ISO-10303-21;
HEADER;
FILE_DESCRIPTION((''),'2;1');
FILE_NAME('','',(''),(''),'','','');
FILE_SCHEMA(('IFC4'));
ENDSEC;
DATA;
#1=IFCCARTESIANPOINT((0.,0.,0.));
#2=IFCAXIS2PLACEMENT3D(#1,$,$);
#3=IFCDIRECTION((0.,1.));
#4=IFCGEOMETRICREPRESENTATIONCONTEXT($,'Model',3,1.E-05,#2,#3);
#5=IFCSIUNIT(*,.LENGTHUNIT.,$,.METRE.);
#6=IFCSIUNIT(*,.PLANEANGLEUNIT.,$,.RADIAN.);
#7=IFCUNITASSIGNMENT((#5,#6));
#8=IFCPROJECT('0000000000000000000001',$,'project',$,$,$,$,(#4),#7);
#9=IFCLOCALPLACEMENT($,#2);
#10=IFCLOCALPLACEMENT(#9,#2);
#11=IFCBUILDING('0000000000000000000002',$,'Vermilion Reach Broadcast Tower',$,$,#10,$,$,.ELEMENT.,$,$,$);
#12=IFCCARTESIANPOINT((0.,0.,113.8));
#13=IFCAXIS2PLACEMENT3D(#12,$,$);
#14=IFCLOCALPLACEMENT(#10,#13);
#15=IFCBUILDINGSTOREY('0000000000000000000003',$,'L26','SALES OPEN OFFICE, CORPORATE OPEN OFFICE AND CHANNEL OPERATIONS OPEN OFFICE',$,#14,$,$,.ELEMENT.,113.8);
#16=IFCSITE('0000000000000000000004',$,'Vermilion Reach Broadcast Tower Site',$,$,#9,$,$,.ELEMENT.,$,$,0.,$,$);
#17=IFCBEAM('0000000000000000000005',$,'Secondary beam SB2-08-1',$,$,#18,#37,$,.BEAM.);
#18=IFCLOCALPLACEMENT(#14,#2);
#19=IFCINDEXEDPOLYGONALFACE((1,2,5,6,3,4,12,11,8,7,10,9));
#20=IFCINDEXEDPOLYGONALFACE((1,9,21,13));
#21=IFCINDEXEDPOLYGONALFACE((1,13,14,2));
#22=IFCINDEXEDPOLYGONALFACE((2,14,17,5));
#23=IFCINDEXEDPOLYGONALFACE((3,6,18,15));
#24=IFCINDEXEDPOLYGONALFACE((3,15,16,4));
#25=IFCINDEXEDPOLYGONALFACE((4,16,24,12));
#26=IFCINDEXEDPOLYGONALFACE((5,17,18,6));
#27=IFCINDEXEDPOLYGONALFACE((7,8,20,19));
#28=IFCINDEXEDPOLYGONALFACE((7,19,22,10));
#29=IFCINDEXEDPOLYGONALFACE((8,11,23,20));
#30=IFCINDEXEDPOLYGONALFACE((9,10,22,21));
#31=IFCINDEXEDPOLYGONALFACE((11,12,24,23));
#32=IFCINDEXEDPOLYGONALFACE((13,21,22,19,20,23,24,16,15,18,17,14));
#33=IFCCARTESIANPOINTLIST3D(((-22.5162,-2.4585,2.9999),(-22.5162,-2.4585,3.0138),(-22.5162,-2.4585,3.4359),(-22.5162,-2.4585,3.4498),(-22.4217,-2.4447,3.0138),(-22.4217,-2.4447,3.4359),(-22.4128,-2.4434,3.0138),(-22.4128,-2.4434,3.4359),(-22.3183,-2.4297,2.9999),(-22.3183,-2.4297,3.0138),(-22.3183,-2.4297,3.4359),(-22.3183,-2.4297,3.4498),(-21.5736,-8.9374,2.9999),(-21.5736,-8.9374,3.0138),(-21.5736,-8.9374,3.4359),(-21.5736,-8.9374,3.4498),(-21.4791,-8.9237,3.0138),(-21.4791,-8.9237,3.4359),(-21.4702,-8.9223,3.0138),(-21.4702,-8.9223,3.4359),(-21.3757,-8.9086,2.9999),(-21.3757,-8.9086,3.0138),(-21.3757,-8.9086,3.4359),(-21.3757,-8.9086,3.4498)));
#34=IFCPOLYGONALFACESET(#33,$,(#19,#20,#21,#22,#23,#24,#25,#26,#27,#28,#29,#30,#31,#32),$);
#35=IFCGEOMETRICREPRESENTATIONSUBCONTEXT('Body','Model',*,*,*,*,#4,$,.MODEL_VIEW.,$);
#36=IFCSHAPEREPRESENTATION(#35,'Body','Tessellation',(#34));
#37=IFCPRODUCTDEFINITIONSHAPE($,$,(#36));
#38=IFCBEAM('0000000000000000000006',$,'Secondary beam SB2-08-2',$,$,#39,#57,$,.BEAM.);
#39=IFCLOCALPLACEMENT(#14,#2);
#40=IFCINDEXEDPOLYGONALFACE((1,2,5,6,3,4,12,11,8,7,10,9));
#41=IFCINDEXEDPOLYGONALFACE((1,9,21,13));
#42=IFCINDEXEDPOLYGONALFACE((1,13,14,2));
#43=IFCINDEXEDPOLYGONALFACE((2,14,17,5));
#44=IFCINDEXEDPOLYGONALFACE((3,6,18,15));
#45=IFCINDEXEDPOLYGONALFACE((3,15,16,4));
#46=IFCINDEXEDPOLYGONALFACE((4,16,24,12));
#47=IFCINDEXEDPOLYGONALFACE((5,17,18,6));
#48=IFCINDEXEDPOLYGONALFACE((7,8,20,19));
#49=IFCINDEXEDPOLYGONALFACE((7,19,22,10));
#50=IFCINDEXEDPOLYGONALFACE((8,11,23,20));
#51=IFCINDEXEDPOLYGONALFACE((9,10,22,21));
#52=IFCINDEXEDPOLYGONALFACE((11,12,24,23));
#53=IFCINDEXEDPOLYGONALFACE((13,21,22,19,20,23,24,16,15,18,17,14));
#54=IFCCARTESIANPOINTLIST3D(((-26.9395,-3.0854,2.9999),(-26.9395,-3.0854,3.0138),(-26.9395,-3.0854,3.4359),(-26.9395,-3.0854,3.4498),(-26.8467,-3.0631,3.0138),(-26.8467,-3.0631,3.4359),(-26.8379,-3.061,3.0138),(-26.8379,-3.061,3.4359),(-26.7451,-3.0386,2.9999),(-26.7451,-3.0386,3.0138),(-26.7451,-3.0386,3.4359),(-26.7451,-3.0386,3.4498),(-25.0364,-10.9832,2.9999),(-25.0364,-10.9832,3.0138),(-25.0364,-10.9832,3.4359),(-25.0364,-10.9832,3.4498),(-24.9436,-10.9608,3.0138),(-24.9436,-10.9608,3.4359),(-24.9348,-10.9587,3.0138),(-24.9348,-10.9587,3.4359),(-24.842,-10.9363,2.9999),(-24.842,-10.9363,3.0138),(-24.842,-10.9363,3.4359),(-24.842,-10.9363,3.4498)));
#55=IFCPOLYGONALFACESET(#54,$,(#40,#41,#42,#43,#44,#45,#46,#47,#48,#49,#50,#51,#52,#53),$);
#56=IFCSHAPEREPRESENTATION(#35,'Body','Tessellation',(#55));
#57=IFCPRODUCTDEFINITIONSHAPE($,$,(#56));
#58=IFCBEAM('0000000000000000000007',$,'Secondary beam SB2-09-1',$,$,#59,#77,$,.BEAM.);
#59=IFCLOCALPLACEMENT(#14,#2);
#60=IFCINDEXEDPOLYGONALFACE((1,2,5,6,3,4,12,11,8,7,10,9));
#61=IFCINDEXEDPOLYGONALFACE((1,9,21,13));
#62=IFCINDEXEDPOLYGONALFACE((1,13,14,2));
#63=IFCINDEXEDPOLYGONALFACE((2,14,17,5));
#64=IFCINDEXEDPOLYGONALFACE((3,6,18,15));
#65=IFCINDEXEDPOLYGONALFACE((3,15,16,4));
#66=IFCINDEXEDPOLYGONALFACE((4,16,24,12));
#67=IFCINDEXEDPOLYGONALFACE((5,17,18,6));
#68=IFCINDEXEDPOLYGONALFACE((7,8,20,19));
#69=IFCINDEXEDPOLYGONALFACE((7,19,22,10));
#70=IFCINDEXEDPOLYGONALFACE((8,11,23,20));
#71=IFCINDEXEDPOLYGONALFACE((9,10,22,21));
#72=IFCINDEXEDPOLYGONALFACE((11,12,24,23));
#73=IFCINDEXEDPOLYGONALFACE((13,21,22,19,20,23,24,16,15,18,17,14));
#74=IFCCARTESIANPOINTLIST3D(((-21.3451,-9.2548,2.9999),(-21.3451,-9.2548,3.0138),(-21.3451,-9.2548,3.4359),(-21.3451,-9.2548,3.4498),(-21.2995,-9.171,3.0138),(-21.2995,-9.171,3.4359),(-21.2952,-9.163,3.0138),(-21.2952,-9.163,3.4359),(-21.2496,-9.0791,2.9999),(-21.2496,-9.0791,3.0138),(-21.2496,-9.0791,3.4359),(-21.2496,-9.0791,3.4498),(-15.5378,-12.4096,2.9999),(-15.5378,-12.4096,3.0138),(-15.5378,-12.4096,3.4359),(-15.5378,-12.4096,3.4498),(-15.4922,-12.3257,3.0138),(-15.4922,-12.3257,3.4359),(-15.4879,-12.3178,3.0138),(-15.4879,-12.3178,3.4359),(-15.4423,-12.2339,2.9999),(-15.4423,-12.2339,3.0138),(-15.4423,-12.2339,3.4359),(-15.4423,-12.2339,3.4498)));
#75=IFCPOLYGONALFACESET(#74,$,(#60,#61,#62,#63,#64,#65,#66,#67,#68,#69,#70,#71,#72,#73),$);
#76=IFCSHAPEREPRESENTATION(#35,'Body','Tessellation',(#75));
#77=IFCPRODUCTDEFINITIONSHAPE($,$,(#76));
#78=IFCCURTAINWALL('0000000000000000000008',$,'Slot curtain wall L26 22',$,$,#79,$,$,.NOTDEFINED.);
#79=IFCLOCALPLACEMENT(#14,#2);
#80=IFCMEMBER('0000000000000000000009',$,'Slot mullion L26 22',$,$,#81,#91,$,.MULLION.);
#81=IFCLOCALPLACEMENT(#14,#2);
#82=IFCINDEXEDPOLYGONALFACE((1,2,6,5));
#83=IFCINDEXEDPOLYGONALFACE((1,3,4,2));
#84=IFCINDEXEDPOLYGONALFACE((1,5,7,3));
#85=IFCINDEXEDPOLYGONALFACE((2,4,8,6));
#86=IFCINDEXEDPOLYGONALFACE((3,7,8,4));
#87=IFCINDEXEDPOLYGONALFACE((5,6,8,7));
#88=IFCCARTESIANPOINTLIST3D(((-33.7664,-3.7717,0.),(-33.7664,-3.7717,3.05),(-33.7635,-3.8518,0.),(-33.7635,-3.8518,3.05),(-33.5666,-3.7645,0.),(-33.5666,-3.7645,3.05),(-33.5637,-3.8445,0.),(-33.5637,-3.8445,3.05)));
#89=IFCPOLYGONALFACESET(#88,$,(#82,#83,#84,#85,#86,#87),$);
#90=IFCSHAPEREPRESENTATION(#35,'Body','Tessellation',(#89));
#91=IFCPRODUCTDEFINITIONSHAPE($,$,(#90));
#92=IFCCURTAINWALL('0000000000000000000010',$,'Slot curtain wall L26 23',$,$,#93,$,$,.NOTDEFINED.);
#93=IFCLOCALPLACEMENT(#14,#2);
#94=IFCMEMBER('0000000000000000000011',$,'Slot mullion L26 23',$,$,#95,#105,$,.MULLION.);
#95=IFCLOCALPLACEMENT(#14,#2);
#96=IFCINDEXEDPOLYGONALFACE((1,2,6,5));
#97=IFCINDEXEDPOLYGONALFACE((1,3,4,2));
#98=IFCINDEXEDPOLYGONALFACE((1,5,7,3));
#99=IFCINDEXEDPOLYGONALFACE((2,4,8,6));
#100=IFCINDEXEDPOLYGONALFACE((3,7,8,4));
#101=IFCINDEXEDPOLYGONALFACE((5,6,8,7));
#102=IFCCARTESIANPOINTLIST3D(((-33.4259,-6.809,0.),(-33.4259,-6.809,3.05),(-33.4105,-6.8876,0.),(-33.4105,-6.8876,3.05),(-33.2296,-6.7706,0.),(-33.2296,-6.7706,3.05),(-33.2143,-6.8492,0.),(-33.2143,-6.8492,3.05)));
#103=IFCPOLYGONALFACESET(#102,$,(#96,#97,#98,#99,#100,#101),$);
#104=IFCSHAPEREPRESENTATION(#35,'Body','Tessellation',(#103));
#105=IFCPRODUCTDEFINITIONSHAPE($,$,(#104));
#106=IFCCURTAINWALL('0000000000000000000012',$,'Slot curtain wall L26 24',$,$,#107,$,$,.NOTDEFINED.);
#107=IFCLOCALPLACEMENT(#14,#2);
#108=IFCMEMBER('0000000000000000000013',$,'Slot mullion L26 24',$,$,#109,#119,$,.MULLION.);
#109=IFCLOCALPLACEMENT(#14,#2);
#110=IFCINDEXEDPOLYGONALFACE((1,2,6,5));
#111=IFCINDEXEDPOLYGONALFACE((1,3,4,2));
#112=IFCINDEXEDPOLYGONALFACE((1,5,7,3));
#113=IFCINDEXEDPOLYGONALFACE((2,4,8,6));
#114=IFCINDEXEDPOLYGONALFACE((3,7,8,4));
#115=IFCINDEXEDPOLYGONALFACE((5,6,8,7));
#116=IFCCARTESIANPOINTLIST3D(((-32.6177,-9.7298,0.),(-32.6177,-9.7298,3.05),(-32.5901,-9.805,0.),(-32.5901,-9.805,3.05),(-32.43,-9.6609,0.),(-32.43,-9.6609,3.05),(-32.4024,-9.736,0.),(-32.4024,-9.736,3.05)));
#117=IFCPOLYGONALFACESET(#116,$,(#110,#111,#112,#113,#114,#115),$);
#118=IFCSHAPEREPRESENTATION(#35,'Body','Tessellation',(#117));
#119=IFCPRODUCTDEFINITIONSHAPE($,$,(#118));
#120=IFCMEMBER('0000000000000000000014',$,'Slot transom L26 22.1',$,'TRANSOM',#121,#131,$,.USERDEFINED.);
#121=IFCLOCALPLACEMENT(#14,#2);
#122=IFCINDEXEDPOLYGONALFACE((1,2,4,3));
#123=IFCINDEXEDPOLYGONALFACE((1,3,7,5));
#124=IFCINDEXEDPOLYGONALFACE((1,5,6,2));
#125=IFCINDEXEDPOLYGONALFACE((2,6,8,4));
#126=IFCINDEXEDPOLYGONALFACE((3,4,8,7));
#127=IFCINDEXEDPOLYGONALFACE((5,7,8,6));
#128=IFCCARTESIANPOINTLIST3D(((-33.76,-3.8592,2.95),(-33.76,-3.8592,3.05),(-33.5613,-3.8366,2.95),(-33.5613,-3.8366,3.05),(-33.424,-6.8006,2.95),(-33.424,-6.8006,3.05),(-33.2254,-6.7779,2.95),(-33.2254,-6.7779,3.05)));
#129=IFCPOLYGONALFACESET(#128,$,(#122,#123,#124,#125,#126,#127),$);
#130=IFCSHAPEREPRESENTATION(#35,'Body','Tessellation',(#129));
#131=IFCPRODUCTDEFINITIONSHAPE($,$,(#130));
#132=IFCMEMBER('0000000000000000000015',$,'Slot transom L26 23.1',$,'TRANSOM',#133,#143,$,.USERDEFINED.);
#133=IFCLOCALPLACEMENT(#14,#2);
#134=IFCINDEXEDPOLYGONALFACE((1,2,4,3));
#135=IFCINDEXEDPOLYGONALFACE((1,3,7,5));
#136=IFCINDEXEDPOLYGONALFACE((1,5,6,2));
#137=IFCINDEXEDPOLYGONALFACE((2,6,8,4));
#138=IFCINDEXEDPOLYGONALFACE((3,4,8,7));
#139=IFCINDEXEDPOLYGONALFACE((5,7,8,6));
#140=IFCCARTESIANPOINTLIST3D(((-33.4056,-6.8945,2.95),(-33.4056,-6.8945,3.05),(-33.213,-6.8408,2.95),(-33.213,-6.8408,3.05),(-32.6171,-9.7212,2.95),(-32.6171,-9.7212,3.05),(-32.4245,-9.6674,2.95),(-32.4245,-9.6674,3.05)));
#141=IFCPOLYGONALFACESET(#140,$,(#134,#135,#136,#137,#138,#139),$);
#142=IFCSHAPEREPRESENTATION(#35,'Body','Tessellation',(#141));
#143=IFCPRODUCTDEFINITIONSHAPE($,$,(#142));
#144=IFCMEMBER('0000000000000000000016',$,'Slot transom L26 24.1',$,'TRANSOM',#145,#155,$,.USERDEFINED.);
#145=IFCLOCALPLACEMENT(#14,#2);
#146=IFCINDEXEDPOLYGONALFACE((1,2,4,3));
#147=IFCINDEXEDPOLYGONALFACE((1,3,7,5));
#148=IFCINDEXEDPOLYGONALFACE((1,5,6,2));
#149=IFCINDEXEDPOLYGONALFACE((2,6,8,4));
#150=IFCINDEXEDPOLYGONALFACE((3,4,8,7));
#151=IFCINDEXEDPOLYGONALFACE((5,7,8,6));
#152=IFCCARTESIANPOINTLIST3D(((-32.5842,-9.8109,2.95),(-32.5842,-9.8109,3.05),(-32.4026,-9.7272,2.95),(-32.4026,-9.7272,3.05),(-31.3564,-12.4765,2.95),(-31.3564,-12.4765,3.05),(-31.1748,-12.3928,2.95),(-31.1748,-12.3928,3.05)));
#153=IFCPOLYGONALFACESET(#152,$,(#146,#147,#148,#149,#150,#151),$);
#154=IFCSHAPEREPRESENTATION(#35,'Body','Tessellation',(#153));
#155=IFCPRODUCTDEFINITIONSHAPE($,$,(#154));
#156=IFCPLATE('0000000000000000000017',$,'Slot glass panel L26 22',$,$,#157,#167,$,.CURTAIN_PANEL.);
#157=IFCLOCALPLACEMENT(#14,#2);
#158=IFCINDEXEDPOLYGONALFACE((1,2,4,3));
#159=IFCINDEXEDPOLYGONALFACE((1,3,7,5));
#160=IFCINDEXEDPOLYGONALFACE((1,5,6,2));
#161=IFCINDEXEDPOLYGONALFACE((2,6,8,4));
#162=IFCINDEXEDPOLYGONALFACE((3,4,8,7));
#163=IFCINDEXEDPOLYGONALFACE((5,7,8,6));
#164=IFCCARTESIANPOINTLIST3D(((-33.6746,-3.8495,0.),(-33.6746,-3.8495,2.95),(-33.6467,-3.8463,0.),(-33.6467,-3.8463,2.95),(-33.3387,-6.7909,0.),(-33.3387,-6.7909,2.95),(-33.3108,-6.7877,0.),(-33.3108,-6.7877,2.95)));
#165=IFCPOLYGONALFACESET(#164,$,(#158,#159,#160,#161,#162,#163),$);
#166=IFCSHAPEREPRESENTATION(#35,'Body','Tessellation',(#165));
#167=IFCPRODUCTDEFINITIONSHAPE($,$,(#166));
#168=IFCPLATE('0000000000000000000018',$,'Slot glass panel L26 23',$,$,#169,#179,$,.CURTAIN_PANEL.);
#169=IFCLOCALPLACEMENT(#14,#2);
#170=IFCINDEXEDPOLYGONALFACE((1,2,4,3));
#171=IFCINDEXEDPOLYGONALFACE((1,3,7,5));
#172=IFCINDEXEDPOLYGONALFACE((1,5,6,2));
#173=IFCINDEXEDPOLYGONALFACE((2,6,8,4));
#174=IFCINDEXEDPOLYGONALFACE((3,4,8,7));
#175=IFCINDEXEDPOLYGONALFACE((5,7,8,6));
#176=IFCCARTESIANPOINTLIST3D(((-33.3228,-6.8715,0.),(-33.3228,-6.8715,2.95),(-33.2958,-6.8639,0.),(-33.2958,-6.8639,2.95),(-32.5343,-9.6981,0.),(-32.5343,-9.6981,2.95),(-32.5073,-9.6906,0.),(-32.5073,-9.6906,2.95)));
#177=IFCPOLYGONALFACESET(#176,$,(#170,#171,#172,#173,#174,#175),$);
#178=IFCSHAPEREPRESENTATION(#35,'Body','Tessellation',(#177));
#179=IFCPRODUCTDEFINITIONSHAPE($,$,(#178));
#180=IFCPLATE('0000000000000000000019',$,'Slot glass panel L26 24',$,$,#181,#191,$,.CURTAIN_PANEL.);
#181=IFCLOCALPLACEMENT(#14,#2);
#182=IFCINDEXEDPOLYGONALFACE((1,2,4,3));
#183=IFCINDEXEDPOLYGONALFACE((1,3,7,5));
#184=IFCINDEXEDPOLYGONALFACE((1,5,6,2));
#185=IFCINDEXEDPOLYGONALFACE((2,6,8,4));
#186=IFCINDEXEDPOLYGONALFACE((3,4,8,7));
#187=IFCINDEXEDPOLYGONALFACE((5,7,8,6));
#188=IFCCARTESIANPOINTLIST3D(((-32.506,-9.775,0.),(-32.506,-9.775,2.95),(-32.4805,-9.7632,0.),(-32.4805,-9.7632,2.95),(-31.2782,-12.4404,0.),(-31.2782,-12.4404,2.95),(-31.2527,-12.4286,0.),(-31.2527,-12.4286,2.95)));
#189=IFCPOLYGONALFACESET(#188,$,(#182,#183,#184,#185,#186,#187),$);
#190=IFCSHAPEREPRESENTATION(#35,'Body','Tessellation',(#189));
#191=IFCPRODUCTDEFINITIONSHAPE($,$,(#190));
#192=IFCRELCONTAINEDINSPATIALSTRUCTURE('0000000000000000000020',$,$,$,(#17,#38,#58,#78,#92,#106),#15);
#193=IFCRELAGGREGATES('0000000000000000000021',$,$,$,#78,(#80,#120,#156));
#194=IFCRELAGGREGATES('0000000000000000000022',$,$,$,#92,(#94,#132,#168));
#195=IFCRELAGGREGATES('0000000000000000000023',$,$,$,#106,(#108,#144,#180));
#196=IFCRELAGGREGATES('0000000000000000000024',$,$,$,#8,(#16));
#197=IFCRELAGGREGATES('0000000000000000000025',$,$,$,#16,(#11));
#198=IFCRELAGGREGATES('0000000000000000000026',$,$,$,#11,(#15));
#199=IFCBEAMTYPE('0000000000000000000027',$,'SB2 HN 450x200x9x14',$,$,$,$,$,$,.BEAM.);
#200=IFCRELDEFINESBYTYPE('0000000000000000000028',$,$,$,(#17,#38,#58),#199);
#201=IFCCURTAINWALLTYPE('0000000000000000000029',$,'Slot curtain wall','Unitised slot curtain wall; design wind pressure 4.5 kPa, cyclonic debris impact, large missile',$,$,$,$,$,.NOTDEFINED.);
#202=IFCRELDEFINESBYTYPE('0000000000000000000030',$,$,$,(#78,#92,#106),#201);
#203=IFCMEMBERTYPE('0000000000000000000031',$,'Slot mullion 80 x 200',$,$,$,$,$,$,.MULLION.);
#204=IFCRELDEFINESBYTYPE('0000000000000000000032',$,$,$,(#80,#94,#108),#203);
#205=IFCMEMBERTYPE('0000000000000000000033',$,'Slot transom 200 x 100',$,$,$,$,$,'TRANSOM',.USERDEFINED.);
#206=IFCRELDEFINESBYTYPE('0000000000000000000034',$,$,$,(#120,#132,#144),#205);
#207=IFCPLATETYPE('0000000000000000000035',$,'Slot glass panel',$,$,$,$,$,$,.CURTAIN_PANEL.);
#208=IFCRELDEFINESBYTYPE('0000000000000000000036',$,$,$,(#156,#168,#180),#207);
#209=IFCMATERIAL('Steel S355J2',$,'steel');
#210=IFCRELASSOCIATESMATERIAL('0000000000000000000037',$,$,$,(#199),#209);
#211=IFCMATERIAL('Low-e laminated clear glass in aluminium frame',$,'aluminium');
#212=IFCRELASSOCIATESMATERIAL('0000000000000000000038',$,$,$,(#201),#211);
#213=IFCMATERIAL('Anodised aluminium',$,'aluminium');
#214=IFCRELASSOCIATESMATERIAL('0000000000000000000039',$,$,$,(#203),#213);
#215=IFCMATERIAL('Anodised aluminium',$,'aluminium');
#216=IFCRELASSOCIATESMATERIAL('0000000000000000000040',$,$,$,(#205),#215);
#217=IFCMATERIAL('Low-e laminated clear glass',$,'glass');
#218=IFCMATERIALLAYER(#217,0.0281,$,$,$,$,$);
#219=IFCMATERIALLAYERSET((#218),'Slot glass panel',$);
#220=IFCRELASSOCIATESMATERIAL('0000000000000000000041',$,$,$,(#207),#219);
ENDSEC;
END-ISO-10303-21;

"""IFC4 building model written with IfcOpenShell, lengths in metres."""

from ifc_helpers import new_model, si_unit, direction, frame, origin, origin_2d, place, context, subcontext, project, spatial, rectangle, i_section, extrude, material, layer, layer_set, material_profile, profile_set, type_object, element, aggregate, save


model = new_model("IFC4")

# Units and contexts
model_context = context("Model", 3, precision=1e-05, world=origin(), true_north=direction((0.0, 1.0)))
body_context = subcontext(model_context, "Body", "Model", "MODEL_VIEW")
ifc_project = project(units=[si_unit("LENGTHUNIT", "METRE"), si_unit("PLANEANGLEUNIT", "RADIAN")], contexts=[model_context])

# Site, building, storey
site_placement = place(None, origin())
site = spatial("IfcSite", under=ifc_project, at=site_placement, Name="Vermilion Reach Broadcast Tower Site", CompositionType="ELEMENT", RefElevation=0.0)
building_placement = place(site_placement, origin())
building = spatial("IfcBuilding", under=site, at=building_placement, Name="Vermilion Reach Broadcast Tower", CompositionType="ELEMENT")
storey_placement = place(building_placement, frame((0.0, 0.0, 113.8)))
storey = spatial("IfcBuildingStorey", under=building, at=storey_placement, Name="L26", Description="SALES OPEN OFFICE, CORPORATE OPEN OFFICE AND CHANNEL OPERATIONS OPEN OFFICE", CompositionType="ELEMENT", Elevation=113.8)

# Beams
ifc_material_1 = material(Name="Steel S355J2", Category="steel")
ifc_material_profile_1 = material_profile(ifc_material_1, i_section(OverallWidth=0.2, OverallDepth=0.45, WebThickness=0.009, FlangeThickness=0.0139, at=origin_2d()), Name="S355J2 HN 450x200x9x14")
ifc_profile_set_1 = profile_set([ifc_material_profile_1], Name="Steel S355J2")
beam_type_1 = type_object("IfcBeamType", Name="SB2 HN 450x200x9x14", PredefinedType="BEAM", material=ifc_profile_set_1)
beam_1_placement = place(storey_placement, frame((-22.4172, -2.4441, 3.2249), z_axis=(0.143974, -0.989582, 0.0), x_axis=(0.989582, 0.143974, 0.0)))
element("IfcBeam", 1, at=beam_1_placement, inside=storey, type_object=beam_type_1, Name="Secondary beam SB2-08-1", PredefinedType="BEAM", context=body_context, shape_type="SweptSolid", body=[
    extrude(i_section(OverallWidth=0.2, OverallDepth=0.45, WebThickness=0.009, FlangeThickness=0.0139, at=origin_2d()), origin(), (0.0, 0.0, 1.0), 6.5471),
])
beam_2_placement = place(storey_placement, frame((-26.8423, -3.062, 3.2249), z_axis=(0.234261, -0.972174, 0.0), x_axis=(0.972174, 0.234261, 0.0)))
element("IfcBeam", 2, at=beam_2_placement, inside=storey, type_object=beam_type_1, Name="Secondary beam SB2-08-2", PredefinedType="BEAM", context=body_context, shape_type="SweptSolid", body=[
    extrude(i_section(OverallWidth=0.2, OverallDepth=0.45, WebThickness=0.009, FlangeThickness=0.0139, at=origin_2d()), origin(), (0.0, 0.0, 1.0), 8.1238),
])
beam_3_placement = place(storey_placement, frame((-21.2974, -9.167, 3.2249), z_axis=(0.878713, -0.47735, 0.0), x_axis=(0.47735, 0.878713, 0.0)))
element("IfcBeam", 3, at=beam_3_placement, inside=storey, type_object=beam_type_1, Name="Secondary beam SB2-09-1", PredefinedType="BEAM", context=body_context, shape_type="SweptSolid", body=[
    extrude(i_section(OverallWidth=0.2, OverallDepth=0.45, WebThickness=0.009, FlangeThickness=0.0139, at=origin_2d()), origin(), (0.0, 0.0, 1.0), 6.6089),
])

# Curtain walls, members
ifc_material_2 = material(Name="Low-e laminated clear glass in aluminium frame", Category="aluminium")
curtain_wall_type = type_object("IfcCurtainWallType", Name="Slot curtain wall", Description="Unitised slot curtain wall; design wind pressure 4.5 kPa, cyclonic debris impact, large missile", PredefinedType="NOTDEFINED", material=ifc_material_2)
placement = place(storey_placement, origin())
curtain_wall_1 = element("IfcCurtainWall", 4, at=placement, inside=storey, type_object=curtain_wall_type, Name="Slot curtain wall L26 22", PredefinedType="NOTDEFINED")
ifc_material_3 = material(Name="Anodised aluminium", Category="aluminium")
ifc_material_profile_2 = material_profile(ifc_material_3, rectangle(XDim=0.2, YDim=0.0801, at=origin_2d()), Name="Slot mullion 80 x 200")
ifc_profile_set_2 = profile_set([ifc_material_profile_2], Name="Anodised aluminium")
member_type_1 = type_object("IfcMemberType", Name="Slot mullion 80 x 200", PredefinedType="MULLION", material=ifc_profile_set_2)
member_1_placement = place(storey_placement, frame((-33.665, -3.8081, 0.0), z_axis=(0.0, 0.0, 1.0), x_axis=(0.999337, 0.036409, 0.0)))
member_1 = element("IfcMember", 5, at=member_1_placement, type_object=member_type_1, Name="Slot mullion L26 22", PredefinedType="MULLION", context=body_context, shape_type="SweptSolid", body=[
    extrude(rectangle(XDim=0.2, YDim=0.0801, at=origin_2d()), origin(), (0.0, 0.0, 1.0), 3.05),
])
curtain_wall_2 = element("IfcCurtainWall", 6, at=placement, inside=storey, type_object=curtain_wall_type, Name="Slot curtain wall L26 23", PredefinedType="NOTDEFINED")
member_2_placement = place(storey_placement, frame((-33.3201, -6.8291, 0.0), z_axis=(0.0, 0.0, 1.0), x_axis=(0.981457, 0.191685, 0.0)))
member_2 = element("IfcMember", 7, at=member_2_placement, type_object=member_type_1, Name="Slot mullion L26 23", PredefinedType="MULLION", context=body_context, shape_type="SweptSolid", body=[
    extrude(rectangle(XDim=0.2, YDim=0.0801, at=origin_2d()), origin(), (0.0, 0.0, 1.0), 3.05),
])
curtain_wall_3 = element("IfcCurtainWall", 8, at=placement, inside=storey, type_object=curtain_wall_type, Name="Slot curtain wall L26 24", PredefinedType="NOTDEFINED")
member_3_placement = place(storey_placement, frame((-32.51, -9.7329, 0.0), z_axis=(0.0, 0.0, 1.0), x_axis=(0.938734, 0.344643, 0.0)))
member_3 = element("IfcMember", 9, at=member_3_placement, type_object=member_type_1, Name="Slot mullion L26 24", PredefinedType="MULLION", context=body_context, shape_type="SweptSolid", body=[
    extrude(rectangle(XDim=0.2, YDim=0.0801, at=origin_2d()), origin(), (0.0, 0.0, 1.0), 3.05),
])

# Members
ifc_material_4 = material(Name="Anodised aluminium", Category="aluminium")
ifc_material_profile_3 = material_profile(ifc_material_4, rectangle(XDim=0.2, YDim=0.1001, at=origin_2d()), Name="Slot transom 200 x 100")
ifc_profile_set_3 = profile_set([ifc_material_profile_3], Name="Anodised aluminium")
member_type_2 = type_object("IfcMemberType", Name="Slot transom 200 x 100", ElementType="TRANSOM", PredefinedType="USERDEFINED", material=ifc_profile_set_3)
member_4_placement = place(storey_placement, frame((-33.6606, -3.8479, 3.0), z_axis=(0.113472, -0.993541, 0.0), x_axis=(0.993541, 0.113472, 0.0)))
member_4 = element("IfcMember", 10, at=member_4_placement, type_object=member_type_2, Name="Slot transom L26 22.1", ObjectType="TRANSOM", PredefinedType="USERDEFINED", context=body_context, shape_type="SweptSolid", body=[
    extrude(rectangle(XDim=0.2, YDim=0.1001, at=origin_2d()), origin(), (0.0, 0.0, 1.0), 2.9604),
])
member_5_placement = place(storey_placement, frame((-33.3093, -6.8677, 3.0), z_axis=(0.268716, -0.963219, 0.0), x_axis=(0.963219, 0.268716, 0.0)))
member_5 = element("IfcMember", 11, at=member_5_placement, type_object=member_type_2, Name="Slot transom L26 23.1", ObjectType="TRANSOM", PredefinedType="USERDEFINED", context=body_context, shape_type="SweptSolid", body=[
    extrude(rectangle(XDim=0.2, YDim=0.1001, at=origin_2d()), origin(), (0.0, 0.0, 1.0), 2.9346),
])
member_6_placement = place(storey_placement, frame((-32.4934, -9.769, 3.0), z_axis=(0.418367, -0.908278, 0.0), x_axis=(0.908278, 0.418367, 0.0)))
member_6 = element("IfcMember", 12, at=member_6_placement, type_object=member_type_2, Name="Slot transom L26 24.1", ObjectType="TRANSOM", PredefinedType="USERDEFINED", context=body_context, shape_type="SweptSolid", body=[
    extrude(rectangle(XDim=0.2, YDim=0.1001, at=origin_2d()), origin(), (0.0, 0.0, 1.0), 2.9348),
])

# Plates
ifc_material_5 = material(Name="Low-e laminated clear glass", Category="glass")
ifc_layer_1 = layer(ifc_material_5, 0.0281)
ifc_layer_set_1 = layer_set([ifc_layer_1], Name="Slot glass panel")
plate_type = type_object("IfcPlateType", Name="Slot glass panel", PredefinedType="CURTAIN_PANEL", material=ifc_layer_set_1)
plate_1_placement = place(storey_placement, frame((-33.4927, -5.3186, 0.0), z_axis=(0.0, 0.0, 1.0), x_axis=(0.113472, -0.993541, 0.0)))
plate_1 = element("IfcPlate", 13, at=plate_1_placement, type_object=plate_type, Name="Slot glass panel L26 22", PredefinedType="CURTAIN_PANEL", context=body_context, shape_type="SweptSolid", body=[
    extrude(rectangle(XDim=2.9604, YDim=0.0281, at=origin_2d()), origin(), (0.0, 0.0, 1.0), 2.95),
])
aggregate(curtain_wall_1, [member_1, member_4, plate_1])
plate_2_placement = place(storey_placement, frame((-32.915, -8.281, 0.0), z_axis=(0.0, 0.0, 1.0), x_axis=(0.268697, -0.963225, 0.0)))
plate_2 = element("IfcPlate", 14, at=plate_2_placement, type_object=plate_type, Name="Slot glass panel L26 23", PredefinedType="CURTAIN_PANEL", context=body_context, shape_type="SweptSolid", body=[
    extrude(rectangle(XDim=2.9346, YDim=0.0281, at=origin_2d()), origin(), (0.0, 0.0, 1.0), 2.95),
])
aggregate(curtain_wall_2, [member_2, member_5, plate_2])
plate_3_placement = place(storey_placement, frame((-31.8794, -11.1018, 0.0), z_axis=(0.0, 0.0, 1.0), x_axis=(0.418394, -0.908266, 0.0)))
plate_3 = element("IfcPlate", 15, at=plate_3_placement, type_object=plate_type, Name="Slot glass panel L26 24", PredefinedType="CURTAIN_PANEL", context=body_context, shape_type="SweptSolid", body=[
    extrude(rectangle(XDim=2.9346, YDim=0.0281, at=origin_2d()), origin(), (0.0, 0.0, 1.0), 2.95),
])
aggregate(curtain_wall_3, [member_3, member_6, plate_3])

save(model, "model.ifc")
